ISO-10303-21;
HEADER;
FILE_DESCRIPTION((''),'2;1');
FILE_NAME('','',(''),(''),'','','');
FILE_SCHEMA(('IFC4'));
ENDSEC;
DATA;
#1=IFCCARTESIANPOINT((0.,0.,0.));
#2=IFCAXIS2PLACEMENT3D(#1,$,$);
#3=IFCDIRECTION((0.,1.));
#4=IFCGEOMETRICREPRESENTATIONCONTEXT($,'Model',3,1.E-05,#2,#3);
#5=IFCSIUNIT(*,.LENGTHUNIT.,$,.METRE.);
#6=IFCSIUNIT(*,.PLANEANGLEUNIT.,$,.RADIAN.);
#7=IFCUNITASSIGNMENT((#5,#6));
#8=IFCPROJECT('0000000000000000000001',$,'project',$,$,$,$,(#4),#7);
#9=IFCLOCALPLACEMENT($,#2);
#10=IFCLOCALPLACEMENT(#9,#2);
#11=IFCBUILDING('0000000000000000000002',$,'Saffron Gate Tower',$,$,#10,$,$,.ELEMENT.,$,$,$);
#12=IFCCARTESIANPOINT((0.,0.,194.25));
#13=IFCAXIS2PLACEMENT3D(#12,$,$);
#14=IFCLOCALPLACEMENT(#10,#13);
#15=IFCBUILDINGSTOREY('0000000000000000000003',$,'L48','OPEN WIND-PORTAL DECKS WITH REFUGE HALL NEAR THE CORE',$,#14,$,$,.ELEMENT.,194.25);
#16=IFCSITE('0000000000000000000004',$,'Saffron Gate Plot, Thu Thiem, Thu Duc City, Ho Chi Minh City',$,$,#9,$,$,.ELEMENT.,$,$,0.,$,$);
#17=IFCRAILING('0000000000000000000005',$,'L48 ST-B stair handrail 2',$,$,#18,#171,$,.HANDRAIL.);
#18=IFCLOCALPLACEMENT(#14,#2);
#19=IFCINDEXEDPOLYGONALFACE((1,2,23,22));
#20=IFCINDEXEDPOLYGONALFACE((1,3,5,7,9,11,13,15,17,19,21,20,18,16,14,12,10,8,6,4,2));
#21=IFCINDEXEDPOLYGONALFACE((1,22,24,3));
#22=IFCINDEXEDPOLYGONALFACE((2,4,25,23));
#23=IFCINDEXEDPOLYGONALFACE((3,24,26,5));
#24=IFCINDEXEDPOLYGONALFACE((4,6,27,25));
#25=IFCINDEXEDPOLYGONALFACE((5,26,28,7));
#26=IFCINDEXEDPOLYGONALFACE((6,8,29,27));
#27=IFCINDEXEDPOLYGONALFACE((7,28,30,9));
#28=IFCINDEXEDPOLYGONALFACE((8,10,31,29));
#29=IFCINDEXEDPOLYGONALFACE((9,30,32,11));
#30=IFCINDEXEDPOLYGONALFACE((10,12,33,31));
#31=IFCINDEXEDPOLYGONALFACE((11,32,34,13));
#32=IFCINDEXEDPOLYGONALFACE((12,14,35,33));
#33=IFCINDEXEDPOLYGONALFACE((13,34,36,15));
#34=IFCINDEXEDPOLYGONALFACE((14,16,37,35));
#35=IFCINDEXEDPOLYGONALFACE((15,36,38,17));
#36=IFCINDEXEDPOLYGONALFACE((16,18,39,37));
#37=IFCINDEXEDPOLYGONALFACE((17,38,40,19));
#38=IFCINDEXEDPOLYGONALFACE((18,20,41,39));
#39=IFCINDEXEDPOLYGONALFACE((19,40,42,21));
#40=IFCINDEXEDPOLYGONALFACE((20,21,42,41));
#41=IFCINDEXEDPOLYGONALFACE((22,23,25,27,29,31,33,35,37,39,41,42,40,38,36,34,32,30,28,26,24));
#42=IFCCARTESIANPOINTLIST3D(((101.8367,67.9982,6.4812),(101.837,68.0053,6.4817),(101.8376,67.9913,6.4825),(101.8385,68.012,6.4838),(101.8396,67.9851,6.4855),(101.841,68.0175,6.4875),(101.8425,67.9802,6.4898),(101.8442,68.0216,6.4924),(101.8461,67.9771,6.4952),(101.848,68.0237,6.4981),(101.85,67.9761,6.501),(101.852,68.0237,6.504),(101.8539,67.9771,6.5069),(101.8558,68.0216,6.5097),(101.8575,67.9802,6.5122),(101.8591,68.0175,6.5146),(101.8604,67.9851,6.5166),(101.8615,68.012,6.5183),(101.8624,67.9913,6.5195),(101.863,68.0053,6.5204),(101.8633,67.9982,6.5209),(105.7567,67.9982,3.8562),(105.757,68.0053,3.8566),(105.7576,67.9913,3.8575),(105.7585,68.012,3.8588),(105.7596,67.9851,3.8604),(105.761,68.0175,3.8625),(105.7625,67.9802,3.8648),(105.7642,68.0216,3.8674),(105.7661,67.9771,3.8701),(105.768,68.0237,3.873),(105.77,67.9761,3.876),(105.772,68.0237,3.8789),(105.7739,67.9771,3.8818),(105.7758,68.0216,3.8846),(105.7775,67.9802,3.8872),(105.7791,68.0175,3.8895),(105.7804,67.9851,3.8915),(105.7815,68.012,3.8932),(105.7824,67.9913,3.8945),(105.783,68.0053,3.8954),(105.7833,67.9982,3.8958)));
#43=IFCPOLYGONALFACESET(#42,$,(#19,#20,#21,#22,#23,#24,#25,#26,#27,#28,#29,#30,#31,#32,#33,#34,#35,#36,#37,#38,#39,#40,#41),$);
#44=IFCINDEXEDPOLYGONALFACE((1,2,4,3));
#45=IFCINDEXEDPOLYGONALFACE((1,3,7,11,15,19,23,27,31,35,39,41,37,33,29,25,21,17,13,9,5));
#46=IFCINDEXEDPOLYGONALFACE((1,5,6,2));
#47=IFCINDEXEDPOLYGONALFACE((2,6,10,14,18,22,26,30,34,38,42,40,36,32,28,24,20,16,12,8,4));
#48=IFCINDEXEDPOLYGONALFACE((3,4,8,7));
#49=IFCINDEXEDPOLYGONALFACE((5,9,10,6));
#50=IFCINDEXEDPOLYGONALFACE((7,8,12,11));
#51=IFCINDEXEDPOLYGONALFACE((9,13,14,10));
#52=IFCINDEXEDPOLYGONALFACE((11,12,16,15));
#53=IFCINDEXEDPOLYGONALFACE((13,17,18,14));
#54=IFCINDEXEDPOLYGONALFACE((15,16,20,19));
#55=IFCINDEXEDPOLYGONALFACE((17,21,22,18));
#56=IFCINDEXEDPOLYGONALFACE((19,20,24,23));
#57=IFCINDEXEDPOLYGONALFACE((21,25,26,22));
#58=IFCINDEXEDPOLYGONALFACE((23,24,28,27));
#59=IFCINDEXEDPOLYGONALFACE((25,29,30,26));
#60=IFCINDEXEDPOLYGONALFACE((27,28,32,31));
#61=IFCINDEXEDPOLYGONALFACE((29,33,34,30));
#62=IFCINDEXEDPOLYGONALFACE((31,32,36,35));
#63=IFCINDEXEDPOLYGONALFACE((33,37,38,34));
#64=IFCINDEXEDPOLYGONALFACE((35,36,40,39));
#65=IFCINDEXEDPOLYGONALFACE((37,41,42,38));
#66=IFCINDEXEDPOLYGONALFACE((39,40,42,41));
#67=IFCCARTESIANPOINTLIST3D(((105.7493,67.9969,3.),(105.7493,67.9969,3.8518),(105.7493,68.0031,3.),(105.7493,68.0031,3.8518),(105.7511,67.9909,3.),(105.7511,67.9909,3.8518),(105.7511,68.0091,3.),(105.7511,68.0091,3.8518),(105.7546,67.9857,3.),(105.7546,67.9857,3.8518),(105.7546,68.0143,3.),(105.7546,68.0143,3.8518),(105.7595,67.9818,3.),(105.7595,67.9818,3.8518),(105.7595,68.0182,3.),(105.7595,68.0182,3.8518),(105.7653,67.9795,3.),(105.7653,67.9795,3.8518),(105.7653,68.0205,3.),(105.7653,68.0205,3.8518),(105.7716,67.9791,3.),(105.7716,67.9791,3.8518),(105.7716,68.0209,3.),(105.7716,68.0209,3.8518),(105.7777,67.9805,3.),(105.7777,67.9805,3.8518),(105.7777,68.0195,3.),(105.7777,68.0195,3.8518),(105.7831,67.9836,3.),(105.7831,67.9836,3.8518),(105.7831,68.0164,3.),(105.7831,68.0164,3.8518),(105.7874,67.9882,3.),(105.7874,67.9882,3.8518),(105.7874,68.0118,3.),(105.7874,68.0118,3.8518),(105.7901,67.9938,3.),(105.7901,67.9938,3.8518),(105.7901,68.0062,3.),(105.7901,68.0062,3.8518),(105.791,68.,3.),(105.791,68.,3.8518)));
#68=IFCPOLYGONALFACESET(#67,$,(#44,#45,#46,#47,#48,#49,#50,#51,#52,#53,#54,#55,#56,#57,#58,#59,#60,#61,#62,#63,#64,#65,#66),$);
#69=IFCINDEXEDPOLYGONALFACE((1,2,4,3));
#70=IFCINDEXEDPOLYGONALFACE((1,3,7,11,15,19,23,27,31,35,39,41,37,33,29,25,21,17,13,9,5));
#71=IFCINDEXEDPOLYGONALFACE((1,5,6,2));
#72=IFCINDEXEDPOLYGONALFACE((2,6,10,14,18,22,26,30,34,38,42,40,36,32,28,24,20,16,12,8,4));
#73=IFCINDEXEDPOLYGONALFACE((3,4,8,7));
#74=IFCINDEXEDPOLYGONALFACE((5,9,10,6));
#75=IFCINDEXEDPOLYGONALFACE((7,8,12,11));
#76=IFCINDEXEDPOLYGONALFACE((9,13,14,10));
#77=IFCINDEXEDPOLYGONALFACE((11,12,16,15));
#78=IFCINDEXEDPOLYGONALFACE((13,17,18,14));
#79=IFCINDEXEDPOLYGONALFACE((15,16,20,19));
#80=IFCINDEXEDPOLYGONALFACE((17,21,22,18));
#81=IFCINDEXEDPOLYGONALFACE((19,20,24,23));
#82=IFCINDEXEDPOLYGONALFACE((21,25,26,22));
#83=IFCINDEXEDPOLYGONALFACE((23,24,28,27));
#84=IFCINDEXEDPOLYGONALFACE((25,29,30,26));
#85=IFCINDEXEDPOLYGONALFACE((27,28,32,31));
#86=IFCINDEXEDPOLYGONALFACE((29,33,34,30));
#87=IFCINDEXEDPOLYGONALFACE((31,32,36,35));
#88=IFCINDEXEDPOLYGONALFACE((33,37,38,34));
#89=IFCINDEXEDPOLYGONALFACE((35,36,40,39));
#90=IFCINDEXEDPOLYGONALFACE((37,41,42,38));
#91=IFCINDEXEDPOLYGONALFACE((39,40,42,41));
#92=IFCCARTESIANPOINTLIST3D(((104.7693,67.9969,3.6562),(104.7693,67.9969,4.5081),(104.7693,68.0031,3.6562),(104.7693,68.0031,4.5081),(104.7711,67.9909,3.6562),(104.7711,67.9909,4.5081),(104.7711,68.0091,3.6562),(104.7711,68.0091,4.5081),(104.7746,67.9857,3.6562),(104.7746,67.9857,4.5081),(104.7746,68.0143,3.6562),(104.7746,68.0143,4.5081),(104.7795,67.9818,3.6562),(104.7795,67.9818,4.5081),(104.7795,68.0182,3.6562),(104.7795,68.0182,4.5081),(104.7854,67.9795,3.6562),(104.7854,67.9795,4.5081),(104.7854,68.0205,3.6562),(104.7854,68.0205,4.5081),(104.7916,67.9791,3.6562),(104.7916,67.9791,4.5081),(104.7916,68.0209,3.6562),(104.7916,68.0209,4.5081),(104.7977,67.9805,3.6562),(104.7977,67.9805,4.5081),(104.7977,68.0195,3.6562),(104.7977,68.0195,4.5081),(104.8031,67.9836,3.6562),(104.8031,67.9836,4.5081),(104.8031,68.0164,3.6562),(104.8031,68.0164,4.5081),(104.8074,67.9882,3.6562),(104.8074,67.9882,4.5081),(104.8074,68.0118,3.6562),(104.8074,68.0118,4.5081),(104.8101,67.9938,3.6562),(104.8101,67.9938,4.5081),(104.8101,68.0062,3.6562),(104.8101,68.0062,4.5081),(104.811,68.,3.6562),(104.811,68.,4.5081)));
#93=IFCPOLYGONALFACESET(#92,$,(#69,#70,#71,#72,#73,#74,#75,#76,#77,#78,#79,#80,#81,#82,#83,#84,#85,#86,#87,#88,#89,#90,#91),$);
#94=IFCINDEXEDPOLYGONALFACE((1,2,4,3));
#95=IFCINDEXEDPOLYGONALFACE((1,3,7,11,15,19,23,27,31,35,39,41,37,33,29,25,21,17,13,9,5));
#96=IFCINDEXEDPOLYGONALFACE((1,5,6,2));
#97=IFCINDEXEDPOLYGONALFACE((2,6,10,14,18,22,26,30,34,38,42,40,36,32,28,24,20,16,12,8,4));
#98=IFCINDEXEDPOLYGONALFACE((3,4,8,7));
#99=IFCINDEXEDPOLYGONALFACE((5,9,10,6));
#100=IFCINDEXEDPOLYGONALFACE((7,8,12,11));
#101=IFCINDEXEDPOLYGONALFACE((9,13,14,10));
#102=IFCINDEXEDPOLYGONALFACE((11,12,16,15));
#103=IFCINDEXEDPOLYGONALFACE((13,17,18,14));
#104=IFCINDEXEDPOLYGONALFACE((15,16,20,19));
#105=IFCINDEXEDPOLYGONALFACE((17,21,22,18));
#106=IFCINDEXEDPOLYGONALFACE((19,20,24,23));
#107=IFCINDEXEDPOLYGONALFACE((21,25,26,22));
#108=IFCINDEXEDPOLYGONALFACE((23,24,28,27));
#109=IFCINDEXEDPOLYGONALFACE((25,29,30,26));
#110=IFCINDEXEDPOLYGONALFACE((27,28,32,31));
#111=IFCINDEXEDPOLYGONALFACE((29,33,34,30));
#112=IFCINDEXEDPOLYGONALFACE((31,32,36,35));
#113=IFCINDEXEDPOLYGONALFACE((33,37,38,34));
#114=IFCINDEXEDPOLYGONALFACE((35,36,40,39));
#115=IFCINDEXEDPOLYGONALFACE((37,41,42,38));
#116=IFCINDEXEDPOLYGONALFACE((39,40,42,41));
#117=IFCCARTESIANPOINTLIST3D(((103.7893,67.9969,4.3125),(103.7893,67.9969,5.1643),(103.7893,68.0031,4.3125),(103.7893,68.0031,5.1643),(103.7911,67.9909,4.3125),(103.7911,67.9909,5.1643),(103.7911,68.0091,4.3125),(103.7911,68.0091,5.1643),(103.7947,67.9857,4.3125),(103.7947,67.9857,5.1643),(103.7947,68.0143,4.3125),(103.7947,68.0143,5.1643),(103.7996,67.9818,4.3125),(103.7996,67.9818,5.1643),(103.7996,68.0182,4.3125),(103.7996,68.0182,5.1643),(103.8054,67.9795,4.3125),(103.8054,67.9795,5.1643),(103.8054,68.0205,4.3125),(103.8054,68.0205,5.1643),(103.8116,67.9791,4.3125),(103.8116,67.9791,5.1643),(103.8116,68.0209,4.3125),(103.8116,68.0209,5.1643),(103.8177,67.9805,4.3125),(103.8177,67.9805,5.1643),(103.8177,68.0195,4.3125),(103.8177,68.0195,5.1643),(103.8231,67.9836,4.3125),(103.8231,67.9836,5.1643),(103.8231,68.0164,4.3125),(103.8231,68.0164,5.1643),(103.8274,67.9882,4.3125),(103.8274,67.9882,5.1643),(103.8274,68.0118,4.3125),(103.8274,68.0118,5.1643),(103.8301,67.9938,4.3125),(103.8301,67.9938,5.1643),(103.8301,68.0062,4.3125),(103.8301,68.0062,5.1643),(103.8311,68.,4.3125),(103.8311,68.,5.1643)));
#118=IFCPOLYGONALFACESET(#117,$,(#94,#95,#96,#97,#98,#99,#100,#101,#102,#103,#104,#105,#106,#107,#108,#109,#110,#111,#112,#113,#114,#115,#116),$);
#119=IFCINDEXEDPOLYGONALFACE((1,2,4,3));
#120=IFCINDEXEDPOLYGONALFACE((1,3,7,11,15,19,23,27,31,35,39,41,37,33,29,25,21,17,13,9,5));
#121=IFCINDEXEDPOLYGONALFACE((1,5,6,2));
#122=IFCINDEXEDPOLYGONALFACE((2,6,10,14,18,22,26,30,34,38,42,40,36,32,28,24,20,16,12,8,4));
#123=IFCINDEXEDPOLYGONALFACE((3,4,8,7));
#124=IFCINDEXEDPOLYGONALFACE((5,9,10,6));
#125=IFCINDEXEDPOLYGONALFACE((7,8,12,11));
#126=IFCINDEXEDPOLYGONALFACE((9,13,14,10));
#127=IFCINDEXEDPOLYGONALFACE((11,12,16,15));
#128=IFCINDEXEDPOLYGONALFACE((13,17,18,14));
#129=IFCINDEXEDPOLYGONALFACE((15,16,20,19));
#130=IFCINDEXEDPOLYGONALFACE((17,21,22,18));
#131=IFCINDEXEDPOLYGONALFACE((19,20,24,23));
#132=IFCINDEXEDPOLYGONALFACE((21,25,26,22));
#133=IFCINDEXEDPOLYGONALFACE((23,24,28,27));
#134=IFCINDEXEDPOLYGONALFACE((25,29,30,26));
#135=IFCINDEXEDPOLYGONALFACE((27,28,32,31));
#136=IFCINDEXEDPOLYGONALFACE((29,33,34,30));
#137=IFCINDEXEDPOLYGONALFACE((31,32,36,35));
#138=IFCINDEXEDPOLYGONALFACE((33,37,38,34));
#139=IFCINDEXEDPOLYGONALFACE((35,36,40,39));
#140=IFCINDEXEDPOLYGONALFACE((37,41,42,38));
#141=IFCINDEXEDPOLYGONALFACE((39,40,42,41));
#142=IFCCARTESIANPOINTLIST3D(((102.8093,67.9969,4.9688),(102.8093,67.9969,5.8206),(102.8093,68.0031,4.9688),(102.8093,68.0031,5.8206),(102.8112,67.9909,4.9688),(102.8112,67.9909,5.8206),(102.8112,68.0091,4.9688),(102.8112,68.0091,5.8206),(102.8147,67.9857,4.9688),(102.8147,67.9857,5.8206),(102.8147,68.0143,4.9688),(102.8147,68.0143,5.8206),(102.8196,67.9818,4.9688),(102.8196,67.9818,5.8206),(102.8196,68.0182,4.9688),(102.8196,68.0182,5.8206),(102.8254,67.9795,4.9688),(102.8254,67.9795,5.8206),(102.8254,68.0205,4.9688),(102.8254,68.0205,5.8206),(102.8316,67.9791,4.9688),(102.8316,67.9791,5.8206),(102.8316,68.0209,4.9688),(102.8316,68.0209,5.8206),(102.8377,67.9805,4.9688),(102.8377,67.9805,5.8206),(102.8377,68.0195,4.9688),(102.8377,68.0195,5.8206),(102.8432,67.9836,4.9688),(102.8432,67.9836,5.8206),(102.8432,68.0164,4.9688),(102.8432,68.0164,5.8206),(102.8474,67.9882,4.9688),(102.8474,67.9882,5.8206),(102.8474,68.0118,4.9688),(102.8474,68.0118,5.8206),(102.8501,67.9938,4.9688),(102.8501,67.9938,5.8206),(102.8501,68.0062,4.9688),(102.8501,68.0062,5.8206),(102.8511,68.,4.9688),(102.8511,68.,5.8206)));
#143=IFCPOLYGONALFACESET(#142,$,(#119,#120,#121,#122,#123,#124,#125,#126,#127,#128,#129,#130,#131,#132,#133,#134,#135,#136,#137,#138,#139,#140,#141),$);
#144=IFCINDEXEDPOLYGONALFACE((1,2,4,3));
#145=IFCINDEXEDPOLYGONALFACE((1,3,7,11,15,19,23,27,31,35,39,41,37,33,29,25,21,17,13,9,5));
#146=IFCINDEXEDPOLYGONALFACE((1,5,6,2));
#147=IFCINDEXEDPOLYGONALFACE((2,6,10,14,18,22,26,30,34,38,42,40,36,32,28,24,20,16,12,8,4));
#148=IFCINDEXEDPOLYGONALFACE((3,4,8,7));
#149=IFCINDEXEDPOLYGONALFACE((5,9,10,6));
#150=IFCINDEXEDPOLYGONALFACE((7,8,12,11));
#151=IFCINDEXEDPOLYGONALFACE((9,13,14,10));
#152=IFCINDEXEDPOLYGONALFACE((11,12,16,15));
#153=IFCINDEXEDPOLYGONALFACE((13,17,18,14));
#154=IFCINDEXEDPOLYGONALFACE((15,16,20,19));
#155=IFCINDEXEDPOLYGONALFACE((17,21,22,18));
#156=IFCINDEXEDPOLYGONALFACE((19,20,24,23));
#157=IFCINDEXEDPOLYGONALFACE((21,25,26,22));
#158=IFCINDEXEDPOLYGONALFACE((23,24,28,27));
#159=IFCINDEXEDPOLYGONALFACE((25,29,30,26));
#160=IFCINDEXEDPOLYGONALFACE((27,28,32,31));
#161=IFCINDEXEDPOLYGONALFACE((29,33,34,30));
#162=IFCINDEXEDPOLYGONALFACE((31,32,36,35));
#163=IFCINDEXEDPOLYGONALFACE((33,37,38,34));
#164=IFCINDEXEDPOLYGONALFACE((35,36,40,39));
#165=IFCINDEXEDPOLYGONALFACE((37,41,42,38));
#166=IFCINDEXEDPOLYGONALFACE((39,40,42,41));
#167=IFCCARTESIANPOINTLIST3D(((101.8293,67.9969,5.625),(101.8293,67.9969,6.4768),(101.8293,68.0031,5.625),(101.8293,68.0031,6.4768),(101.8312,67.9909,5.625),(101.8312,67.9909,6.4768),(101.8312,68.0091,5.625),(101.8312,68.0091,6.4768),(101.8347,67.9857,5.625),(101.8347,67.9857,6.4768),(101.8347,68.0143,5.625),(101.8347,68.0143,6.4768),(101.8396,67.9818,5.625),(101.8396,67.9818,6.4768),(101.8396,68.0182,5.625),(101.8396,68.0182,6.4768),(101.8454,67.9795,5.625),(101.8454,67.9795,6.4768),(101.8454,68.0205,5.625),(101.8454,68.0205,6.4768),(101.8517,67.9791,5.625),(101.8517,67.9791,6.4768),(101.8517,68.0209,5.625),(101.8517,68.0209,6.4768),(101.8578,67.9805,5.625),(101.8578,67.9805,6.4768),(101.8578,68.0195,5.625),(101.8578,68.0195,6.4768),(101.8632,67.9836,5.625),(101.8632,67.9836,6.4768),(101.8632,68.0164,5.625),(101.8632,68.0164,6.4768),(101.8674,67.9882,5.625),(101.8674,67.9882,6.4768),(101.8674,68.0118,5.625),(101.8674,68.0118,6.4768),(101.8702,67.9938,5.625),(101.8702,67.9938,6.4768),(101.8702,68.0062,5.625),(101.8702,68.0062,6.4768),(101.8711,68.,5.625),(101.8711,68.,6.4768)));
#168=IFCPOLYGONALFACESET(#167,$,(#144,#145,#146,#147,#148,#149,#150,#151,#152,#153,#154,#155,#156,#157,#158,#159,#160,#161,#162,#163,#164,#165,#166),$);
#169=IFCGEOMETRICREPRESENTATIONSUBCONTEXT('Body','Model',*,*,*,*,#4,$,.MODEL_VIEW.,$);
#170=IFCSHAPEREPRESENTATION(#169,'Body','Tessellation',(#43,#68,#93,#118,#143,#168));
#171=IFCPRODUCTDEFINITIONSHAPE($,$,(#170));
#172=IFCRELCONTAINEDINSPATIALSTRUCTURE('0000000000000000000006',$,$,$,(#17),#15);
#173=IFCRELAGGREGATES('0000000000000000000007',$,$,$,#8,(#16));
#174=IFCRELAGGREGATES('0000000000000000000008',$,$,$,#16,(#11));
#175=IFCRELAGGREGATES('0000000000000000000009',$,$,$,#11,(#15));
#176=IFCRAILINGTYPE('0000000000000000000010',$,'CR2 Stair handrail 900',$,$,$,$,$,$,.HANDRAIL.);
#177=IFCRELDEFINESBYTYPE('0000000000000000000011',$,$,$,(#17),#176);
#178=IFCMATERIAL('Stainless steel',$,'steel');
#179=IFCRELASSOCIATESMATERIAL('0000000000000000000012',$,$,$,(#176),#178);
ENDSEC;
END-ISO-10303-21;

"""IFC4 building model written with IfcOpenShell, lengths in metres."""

from ifc_helpers import new_model, si_unit, direction, frame, origin, origin_2d, place, context, subcontext, project, spatial, circle, extrude, material, type_object, element, save


model = new_model("IFC4")

# Units and contexts
model_context = context("Model", 3, precision=1e-05, world=origin(), true_north=direction((0.0, 1.0)))
body_context = subcontext(model_context, "Body", "Model", "MODEL_VIEW")
ifc_project = project(units=[si_unit("LENGTHUNIT", "METRE"), si_unit("PLANEANGLEUNIT", "RADIAN")], contexts=[model_context])

# Site, building, storey
site_placement = place(None, origin())
site = spatial("IfcSite", under=ifc_project, at=site_placement, Name="Saffron Gate Plot, Thu Thiem, Thu Duc City, Ho Chi Minh City", CompositionType="ELEMENT", RefElevation=0.0)
building_placement = place(site_placement, origin())
building = spatial("IfcBuilding", under=site, at=building_placement, Name="Saffron Gate Tower", CompositionType="ELEMENT")
storey_placement = place(building_placement, frame((0.0, 0.0, 194.25)))
storey = spatial("IfcBuildingStorey", under=building, at=storey_placement, Name="L48", Description="OPEN WIND-PORTAL DECKS WITH REFUGE HALL NEAR THE CORE", CompositionType="ELEMENT", Elevation=194.25)

# Railing
ifc_material_1 = material(Name="Stainless steel", Category="steel")
railing_type_1 = type_object("IfcRailingType", Name="CR2 Stair handrail 900", PredefinedType="HANDRAIL", material=ifc_material_1)
railing_1_placement = place(storey_placement, frame((105.77, 68.0, 3.0)))
element("IfcRailing", 1, at=railing_1_placement, inside=storey, type_object=railing_type_1, Name="L48 ST-B stair handrail 2", PredefinedType="HANDRAIL", context=body_context, shape_type="SweptSolid", body=[
    extrude(circle(Radius=0.0239, at=origin_2d()), frame((0.0, 0.0, 0.876), z_axis=(-0.830902, 0.0, 0.556419), x_axis=(0.0, -1.0, 0.0)), (0.0, 0.0, 1.0), 4.7178),
    extrude(circle(Radius=0.021, at=origin_2d()), origin(), (0.0, 0.0, 1.0), 0.8518),
    extrude(circle(Radius=0.021, at=origin_2d()), frame((-0.98, 0.0, 0.6562)), (0.0, 0.0, 1.0), 0.8518),
    extrude(circle(Radius=0.021, at=origin_2d()), frame((-1.96, 0.0, 1.3125)), (0.0, 0.0, 1.0), 0.8518),
    extrude(circle(Radius=0.021, at=origin_2d()), frame((-2.9399, 0.0, 1.9688)), (0.0, 0.0, 1.0), 0.8518),
    extrude(circle(Radius=0.021, at=origin_2d()), frame((-3.9199, 0.0, 2.625)), (0.0, 0.0, 1.0), 0.8518),
])

save(model, "model.ifc")
